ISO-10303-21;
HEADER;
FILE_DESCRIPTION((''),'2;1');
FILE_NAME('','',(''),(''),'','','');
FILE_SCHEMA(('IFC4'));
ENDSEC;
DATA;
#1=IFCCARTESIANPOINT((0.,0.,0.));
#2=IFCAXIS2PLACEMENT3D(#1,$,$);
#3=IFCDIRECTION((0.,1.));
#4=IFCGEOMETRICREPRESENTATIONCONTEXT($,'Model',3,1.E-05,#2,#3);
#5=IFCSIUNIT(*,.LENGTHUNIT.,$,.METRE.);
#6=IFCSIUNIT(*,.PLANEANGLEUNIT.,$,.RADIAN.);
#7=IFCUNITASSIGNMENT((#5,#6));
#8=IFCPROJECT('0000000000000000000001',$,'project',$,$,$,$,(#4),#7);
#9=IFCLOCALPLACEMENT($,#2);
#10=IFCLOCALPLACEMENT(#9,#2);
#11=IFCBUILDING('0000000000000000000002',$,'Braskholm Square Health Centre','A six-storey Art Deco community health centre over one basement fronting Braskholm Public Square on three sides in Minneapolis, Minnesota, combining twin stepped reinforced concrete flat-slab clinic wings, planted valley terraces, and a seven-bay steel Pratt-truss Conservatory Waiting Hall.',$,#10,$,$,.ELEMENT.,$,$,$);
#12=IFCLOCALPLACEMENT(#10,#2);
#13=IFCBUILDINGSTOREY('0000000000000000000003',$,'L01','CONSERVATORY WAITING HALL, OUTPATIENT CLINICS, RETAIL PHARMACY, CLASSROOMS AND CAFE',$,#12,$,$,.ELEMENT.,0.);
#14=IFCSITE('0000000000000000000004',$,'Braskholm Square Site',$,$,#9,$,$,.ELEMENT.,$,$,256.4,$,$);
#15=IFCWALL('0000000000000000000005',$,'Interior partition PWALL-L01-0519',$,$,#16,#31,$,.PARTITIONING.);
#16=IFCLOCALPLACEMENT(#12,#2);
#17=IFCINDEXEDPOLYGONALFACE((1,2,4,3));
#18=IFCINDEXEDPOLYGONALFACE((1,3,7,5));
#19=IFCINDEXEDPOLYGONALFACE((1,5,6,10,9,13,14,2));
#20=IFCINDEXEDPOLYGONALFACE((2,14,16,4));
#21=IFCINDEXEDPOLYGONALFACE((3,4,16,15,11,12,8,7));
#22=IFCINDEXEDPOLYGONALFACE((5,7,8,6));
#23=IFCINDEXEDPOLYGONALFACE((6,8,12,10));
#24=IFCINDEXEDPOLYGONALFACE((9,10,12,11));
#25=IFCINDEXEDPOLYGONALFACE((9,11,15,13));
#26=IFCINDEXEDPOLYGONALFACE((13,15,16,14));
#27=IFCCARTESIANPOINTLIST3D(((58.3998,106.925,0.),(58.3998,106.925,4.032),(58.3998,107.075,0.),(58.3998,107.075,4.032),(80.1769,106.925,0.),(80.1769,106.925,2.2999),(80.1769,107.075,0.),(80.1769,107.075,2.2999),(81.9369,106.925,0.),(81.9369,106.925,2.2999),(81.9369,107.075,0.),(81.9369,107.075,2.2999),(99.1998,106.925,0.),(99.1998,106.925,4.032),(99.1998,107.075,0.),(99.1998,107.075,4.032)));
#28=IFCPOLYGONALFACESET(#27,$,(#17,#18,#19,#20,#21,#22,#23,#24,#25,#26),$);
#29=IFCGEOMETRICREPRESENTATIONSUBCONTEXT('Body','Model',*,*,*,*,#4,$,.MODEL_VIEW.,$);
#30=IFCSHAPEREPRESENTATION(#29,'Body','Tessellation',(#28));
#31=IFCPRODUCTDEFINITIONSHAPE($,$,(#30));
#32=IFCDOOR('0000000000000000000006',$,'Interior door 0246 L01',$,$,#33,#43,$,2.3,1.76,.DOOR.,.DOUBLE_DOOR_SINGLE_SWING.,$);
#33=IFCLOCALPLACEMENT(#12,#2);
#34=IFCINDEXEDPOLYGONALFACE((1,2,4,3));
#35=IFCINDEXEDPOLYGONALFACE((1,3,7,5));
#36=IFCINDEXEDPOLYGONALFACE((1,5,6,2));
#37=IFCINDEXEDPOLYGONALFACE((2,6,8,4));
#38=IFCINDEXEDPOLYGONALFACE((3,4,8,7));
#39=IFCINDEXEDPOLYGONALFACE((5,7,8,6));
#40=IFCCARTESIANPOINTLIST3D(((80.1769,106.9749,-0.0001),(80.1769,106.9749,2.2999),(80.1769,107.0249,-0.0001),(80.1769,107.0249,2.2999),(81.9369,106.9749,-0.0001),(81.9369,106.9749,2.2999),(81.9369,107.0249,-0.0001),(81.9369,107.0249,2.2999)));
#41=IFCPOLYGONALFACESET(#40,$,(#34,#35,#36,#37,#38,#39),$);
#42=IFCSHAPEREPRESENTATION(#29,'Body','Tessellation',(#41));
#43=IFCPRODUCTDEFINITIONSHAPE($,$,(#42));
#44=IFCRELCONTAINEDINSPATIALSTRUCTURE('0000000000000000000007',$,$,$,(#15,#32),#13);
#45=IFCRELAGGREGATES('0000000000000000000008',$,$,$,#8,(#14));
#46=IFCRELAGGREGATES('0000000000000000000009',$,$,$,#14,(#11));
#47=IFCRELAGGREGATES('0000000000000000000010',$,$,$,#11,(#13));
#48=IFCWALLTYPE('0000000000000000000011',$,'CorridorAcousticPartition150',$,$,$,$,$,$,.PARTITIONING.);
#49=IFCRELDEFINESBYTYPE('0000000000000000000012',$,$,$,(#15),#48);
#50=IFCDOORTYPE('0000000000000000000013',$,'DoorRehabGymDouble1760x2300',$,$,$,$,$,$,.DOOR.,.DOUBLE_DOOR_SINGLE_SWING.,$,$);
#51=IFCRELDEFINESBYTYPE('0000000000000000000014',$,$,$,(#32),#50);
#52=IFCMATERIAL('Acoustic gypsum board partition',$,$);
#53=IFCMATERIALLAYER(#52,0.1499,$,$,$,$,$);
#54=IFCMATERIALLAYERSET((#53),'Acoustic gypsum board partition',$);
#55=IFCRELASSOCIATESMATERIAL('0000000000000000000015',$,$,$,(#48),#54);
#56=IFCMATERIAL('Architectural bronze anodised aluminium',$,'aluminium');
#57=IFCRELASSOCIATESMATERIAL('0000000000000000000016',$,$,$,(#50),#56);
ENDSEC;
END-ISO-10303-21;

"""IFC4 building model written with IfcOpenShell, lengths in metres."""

from ifc_helpers import new_model, si_unit, direction, frame, frame_2d, origin, origin_with_axes, place, context, subcontext, project, spatial, rectangle, extrude, material, layer, layer_set, type_object, element, fill, save


model = new_model("IFC4")

# Units and contexts
model_context = context("Model", 3, precision=1e-05, world=origin(), true_north=direction((0.0, 1.0)))
body_context = subcontext(model_context, "Body", "Model", "MODEL_VIEW")
ifc_project = project(units=[si_unit("LENGTHUNIT", "METRE"), si_unit("PLANEANGLEUNIT", "RADIAN")], contexts=[model_context])

# Site, building, storey
site_placement = place(None, origin())
site = spatial("IfcSite", under=ifc_project, at=site_placement, Name="Braskholm Square Site", CompositionType="ELEMENT", RefElevation=256.4)
building_placement = place(site_placement, origin())
building = spatial("IfcBuilding", under=site, at=building_placement, Name="Braskholm Square Health Centre", Description="A six-storey Art Deco community health centre over one basement fronting Braskholm Public Square on three sides in Minneapolis, Minnesota, combining twin stepped reinforced concrete flat-slab clinic wings, planted valley terraces, and a seven-bay steel Pratt-truss Conservatory Waiting Hall.", CompositionType="ELEMENT")
storey_placement = place(building_placement, origin())
storey = spatial("IfcBuildingStorey", under=building, at=storey_placement, Name="L01", Description="CONSERVATORY WAITING HALL, OUTPATIENT CLINICS, RETAIL PHARMACY, CLASSROOMS AND CAFE", CompositionType="ELEMENT", Elevation=0.0)

# Shared definitions
ifc_material_1 = material(Name="Architectural bronze anodised aluminium", Category="aluminium")

# Wall, opening, door
ifc_material_2 = material(Name="Acoustic gypsum board partition")
ifc_layer = layer(ifc_material_2, 0.1499)
ifc_layer_set = layer_set([ifc_layer], Name="Acoustic gypsum board partition")
wall_type = type_object("IfcWallType", Name="CorridorAcousticPartition150", PredefinedType="PARTITIONING", material=ifc_layer_set)
wall_placement = place(storey_placement, frame((58.3999, 107.0, 0.0), z_axis=(0.0, 0.0, 1.0), x_axis=(1.0, 0.0, 0.0)))
wall = element("IfcWall", 1, at=wall_placement, inside=storey, type_object=wall_type, Name="Interior partition PWALL-L01-0519", PredefinedType="PARTITIONING", context=body_context, shape_type="SweptSolid", body=[
    extrude(rectangle(XDim=40.8, YDim=0.1499, at=frame_2d((20.3999, 0.0))), origin(), (0.0, 0.0, 1.0), 4.032),
])
opening_placement = place(wall_placement, frame((21.7771, 0.0, 0.0)))
opening = element("IfcOpeningElement", 2, at=opening_placement, cuts=wall, PredefinedType="OPENING", context=body_context, shape_type="SweptSolid", body=[
    extrude(rectangle(XDim=1.76, YDim=2.3, at=frame_2d((0.8799, 1.1499))), frame((0.0, 0.085, 0.0), z_axis=(0.0, -1.0, 0.0), x_axis=(1.0, 0.0, 0.0)), (0.0, 0.0, 1.0), 0.1699),
])
door_type = type_object("IfcDoorType", Name="DoorRehabGymDouble1760x2300", OperationType="DOUBLE_DOOR_SINGLE_SWING", PredefinedType="DOOR", material=ifc_material_1)
door_placement = place(opening_placement, origin_with_axes())
door = element("IfcDoor", 3, at=door_placement, inside=storey, type_object=door_type, Name="Interior door 0246 L01", OperationType="DOUBLE_DOOR_SINGLE_SWING", OverallHeight=2.3, OverallWidth=1.76, PredefinedType="DOOR", context=body_context, shape_type="SweptSolid", body=[
    extrude(rectangle(XDim=1.76, YDim=2.3, at=frame_2d((0.8799, 1.1499))), frame((0.0, 0.0249, 0.0), z_axis=(0.0, -1.0, 0.0), x_axis=(1.0, 0.0, 0.0)), (0.0, 0.0, 1.0), 0.05),
])
fill(opening, door)

save(model, "model.ifc")
